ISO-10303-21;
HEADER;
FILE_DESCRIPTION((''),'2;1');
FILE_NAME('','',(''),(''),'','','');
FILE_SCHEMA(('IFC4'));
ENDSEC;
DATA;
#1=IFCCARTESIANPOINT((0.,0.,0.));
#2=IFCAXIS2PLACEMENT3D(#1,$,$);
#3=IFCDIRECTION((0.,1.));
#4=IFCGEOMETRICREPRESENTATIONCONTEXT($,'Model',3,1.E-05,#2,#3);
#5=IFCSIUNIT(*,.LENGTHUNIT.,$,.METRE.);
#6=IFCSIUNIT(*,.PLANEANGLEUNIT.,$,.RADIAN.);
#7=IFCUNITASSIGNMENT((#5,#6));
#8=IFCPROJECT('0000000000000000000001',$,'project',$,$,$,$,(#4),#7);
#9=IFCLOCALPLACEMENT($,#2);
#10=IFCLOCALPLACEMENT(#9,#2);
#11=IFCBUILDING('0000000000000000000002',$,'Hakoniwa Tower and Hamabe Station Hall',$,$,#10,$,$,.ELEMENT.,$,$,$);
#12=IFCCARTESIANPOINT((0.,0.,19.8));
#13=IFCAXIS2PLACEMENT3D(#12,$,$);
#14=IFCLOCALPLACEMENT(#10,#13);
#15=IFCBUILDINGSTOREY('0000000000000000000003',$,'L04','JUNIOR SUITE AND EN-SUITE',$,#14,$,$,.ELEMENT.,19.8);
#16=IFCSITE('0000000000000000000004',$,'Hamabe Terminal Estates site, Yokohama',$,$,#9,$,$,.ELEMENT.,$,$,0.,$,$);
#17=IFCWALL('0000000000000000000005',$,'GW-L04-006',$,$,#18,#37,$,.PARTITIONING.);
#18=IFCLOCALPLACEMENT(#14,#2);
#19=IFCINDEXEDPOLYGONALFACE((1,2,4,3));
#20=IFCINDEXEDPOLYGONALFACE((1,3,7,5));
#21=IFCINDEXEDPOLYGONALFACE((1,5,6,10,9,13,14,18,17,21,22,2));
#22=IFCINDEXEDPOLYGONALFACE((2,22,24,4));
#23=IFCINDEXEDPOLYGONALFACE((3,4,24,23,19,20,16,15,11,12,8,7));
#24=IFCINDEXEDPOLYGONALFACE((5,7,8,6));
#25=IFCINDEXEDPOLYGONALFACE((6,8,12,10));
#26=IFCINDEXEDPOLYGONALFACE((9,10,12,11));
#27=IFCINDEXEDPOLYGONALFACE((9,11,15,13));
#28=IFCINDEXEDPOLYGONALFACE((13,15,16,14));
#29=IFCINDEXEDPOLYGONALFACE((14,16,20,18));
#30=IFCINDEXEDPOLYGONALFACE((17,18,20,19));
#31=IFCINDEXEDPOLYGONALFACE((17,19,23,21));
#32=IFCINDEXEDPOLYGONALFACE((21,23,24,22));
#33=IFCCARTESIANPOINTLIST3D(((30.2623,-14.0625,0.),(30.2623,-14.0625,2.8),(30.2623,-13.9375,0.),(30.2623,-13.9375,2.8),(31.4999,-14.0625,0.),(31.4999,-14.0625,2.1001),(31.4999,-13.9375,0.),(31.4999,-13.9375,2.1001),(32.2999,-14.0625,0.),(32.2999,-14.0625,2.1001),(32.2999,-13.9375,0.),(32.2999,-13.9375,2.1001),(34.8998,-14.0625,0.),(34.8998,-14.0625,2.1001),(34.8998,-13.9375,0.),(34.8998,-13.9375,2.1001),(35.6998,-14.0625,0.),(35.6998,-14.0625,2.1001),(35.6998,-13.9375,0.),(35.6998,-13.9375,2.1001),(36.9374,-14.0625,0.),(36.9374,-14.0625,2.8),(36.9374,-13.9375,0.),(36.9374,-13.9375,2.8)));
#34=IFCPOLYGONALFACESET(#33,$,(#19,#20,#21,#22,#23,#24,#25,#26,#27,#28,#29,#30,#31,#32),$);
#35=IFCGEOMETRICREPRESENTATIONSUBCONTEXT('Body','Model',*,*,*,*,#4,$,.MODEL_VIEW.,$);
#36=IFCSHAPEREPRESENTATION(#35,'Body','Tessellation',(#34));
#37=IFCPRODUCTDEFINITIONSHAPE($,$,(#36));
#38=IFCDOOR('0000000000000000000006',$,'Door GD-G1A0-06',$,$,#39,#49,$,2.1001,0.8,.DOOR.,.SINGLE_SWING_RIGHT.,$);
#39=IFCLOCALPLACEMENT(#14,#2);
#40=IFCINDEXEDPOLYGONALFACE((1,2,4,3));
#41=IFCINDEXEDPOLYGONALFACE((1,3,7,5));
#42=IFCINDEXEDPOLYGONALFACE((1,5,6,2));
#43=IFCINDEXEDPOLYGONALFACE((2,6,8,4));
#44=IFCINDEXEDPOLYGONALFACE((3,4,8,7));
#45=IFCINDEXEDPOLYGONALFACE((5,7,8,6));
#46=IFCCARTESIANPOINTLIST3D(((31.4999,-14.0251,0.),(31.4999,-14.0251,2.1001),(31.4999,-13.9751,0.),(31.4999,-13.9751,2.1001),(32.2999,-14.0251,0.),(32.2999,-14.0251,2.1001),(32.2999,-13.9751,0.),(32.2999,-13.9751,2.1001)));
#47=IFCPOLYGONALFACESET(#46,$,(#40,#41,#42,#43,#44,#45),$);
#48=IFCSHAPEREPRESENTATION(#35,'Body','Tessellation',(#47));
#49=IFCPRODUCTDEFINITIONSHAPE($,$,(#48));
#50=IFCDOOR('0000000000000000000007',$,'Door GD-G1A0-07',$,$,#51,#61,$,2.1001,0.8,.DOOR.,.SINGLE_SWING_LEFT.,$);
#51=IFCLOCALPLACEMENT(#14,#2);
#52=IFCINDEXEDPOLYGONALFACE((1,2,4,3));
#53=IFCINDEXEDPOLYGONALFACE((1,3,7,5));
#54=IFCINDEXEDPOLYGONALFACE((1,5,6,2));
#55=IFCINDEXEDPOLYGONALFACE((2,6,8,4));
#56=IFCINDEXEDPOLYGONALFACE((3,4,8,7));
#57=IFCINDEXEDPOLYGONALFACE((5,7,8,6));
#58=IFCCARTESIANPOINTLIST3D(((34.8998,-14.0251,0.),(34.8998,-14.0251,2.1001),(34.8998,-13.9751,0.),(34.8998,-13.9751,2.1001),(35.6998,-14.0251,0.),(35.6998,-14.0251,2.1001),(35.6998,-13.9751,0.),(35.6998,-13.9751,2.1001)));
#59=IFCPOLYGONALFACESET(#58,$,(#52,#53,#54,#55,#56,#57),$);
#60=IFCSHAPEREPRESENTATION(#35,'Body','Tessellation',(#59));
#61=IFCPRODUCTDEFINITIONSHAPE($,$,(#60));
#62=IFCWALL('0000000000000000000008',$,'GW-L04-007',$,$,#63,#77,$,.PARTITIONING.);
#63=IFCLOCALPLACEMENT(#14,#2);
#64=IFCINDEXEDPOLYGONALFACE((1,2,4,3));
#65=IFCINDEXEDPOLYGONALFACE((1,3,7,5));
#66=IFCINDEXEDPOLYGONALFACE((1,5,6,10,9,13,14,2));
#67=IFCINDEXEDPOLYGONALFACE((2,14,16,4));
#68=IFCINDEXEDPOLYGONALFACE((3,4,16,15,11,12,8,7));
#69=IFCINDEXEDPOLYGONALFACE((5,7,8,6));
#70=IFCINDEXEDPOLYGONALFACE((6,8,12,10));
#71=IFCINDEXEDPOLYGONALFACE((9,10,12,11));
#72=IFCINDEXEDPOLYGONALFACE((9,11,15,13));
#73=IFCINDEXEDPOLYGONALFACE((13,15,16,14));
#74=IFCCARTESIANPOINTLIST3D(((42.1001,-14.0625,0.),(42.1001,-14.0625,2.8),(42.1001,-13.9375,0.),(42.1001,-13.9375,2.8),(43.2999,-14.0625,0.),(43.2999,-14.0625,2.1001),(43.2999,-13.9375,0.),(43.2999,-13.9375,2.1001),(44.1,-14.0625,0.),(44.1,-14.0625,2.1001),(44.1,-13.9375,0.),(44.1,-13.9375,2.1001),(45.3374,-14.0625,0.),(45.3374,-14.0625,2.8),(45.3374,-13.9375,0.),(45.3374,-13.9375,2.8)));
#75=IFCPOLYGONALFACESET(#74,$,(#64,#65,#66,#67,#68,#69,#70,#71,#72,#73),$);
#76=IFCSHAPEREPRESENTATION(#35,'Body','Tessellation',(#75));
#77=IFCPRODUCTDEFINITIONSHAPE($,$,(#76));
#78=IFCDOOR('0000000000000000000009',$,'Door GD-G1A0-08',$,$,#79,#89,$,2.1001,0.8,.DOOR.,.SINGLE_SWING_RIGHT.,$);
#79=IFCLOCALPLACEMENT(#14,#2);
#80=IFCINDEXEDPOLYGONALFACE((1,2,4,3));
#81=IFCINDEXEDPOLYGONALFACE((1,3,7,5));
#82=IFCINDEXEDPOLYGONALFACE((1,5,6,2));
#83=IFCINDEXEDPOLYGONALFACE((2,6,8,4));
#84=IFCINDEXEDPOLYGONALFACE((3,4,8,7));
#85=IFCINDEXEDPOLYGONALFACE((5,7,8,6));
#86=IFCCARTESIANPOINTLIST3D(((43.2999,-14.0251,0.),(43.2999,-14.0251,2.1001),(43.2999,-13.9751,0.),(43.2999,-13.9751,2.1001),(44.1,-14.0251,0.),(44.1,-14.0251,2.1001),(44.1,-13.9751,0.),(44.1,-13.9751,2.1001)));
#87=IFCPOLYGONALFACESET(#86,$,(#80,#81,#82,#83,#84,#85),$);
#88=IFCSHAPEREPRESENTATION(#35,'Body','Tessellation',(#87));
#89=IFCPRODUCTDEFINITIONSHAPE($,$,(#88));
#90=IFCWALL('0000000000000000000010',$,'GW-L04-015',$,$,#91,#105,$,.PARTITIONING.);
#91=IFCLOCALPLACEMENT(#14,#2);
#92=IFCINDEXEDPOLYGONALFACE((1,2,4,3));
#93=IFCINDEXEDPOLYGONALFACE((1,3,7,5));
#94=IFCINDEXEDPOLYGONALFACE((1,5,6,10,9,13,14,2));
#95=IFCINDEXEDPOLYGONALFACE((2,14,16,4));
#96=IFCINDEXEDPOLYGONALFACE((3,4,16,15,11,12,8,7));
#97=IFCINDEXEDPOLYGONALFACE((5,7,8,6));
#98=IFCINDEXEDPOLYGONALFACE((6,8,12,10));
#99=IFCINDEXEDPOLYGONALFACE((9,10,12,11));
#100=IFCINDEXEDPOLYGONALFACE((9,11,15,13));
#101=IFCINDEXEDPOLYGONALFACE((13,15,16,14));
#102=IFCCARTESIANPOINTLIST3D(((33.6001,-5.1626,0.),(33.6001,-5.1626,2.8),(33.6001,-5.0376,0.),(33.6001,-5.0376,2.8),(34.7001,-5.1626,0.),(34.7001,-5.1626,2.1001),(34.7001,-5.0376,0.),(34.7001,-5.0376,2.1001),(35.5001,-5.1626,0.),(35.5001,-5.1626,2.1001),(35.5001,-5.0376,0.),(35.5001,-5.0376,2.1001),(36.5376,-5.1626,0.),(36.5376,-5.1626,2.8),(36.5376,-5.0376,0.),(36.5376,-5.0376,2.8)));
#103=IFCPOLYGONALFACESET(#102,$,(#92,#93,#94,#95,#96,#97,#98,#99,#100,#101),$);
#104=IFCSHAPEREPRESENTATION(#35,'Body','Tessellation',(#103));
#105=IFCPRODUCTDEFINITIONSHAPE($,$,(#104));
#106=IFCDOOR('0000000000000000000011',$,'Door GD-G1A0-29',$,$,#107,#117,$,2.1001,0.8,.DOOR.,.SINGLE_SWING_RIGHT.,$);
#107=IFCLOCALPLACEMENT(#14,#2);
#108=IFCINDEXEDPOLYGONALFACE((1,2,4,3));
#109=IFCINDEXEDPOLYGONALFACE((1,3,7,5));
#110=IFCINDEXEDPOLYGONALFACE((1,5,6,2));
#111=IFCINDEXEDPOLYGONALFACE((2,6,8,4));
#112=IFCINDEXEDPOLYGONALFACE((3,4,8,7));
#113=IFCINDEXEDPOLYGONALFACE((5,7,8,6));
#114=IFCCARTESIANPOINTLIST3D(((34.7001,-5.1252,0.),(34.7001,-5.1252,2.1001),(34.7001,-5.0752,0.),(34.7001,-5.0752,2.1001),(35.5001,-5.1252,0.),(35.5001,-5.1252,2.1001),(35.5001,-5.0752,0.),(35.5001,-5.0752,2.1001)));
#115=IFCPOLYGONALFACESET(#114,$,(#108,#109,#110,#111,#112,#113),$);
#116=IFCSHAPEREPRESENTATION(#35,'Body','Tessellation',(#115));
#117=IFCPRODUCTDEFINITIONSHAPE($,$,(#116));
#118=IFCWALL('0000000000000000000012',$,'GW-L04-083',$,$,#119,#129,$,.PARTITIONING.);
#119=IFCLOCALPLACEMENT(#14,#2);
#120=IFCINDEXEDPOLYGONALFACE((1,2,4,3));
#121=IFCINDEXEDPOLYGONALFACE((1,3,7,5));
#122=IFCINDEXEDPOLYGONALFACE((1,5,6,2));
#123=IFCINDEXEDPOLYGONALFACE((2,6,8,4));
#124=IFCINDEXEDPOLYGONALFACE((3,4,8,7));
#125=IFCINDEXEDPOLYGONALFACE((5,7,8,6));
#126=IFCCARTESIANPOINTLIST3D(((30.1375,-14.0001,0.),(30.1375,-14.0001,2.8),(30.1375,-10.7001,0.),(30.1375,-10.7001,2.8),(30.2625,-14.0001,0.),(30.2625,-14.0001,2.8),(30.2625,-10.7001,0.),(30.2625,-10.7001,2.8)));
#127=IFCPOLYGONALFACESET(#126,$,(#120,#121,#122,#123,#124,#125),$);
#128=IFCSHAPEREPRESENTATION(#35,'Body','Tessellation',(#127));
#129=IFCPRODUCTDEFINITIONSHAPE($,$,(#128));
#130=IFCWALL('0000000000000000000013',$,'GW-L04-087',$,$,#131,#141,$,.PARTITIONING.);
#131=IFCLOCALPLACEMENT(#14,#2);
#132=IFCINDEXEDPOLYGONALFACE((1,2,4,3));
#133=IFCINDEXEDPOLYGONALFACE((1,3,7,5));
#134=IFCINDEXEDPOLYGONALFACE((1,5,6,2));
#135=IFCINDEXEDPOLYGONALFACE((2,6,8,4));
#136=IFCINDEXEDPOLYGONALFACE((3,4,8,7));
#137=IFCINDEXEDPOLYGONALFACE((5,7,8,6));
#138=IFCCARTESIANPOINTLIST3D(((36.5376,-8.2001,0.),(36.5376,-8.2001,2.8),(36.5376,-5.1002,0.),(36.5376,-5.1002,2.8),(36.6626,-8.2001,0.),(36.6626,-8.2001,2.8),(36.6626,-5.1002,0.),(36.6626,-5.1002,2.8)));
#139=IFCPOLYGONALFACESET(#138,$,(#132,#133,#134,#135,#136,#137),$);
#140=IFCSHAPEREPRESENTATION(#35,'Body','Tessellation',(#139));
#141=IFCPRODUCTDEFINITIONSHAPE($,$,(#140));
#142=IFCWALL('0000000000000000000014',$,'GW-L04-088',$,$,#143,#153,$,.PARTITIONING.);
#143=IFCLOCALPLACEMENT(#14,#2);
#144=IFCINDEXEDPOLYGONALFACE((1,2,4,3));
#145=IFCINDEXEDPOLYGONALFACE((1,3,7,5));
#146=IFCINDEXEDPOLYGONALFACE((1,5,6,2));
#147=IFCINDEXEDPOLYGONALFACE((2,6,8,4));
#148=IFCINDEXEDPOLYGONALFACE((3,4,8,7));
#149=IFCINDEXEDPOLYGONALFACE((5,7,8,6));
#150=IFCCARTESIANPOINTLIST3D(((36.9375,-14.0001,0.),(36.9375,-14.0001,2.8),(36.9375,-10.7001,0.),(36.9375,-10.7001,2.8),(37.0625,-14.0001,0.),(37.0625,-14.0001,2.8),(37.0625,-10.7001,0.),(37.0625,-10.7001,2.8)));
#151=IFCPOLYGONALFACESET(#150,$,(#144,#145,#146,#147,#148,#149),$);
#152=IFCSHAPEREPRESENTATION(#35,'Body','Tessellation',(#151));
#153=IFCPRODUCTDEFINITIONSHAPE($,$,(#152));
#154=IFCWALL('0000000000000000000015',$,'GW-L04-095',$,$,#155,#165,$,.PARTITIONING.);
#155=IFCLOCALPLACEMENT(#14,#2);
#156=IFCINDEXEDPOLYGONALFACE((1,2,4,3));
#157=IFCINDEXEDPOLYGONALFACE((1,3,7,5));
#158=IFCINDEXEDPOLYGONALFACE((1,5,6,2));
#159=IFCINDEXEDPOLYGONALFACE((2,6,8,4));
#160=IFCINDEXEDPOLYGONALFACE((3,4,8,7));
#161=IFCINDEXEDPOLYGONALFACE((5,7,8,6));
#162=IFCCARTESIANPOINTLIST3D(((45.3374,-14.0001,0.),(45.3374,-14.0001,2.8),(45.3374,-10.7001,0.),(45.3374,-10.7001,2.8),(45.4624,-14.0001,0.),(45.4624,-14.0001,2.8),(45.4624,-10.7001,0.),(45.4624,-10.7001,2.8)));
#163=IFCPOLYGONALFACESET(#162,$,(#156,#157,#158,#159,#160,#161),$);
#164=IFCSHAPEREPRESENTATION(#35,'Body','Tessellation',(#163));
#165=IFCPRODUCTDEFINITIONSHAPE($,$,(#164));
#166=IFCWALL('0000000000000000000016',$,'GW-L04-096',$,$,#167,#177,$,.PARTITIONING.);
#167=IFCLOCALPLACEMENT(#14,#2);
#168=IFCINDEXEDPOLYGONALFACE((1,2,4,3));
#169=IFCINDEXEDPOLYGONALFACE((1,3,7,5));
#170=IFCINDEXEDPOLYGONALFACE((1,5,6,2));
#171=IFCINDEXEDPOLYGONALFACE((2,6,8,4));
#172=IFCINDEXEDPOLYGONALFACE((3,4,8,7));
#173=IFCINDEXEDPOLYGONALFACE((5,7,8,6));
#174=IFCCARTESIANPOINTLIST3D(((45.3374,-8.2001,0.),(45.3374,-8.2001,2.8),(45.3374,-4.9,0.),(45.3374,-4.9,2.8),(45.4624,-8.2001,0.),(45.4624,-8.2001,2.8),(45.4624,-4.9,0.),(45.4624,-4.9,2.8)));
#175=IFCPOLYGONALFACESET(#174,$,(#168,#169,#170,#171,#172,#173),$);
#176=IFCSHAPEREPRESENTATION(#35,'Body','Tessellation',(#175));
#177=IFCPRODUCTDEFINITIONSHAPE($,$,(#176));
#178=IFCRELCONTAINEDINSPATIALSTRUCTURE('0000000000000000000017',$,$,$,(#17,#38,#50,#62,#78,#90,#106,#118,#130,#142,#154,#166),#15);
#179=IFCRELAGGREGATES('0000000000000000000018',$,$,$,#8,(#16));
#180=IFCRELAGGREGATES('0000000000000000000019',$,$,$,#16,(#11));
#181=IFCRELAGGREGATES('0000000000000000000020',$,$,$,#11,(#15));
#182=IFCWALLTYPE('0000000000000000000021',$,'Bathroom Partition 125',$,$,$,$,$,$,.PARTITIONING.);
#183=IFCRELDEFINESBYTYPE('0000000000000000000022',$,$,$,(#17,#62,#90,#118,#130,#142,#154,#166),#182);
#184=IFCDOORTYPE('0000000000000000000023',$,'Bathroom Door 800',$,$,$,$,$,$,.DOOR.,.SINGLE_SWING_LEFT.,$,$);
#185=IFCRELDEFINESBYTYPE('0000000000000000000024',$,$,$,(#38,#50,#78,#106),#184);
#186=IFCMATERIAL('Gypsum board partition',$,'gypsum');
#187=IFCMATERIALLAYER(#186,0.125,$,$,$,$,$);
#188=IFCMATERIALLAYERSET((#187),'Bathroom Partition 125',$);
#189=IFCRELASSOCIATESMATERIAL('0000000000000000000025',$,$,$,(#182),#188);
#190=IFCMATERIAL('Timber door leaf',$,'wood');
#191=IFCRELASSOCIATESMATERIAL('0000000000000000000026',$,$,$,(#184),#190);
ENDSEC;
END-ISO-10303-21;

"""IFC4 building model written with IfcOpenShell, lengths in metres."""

from ifc_helpers import new_model, si_unit, direction, frame, frame_2d, origin, place, context, subcontext, project, spatial, rectangle, extrude, material, layer, layer_set, type_object, element, fill, save


model = new_model("IFC4")

# Units and contexts
model_context = context("Model", 3, precision=1e-05, world=origin(), true_north=direction((0.0, 1.0)))
body_context = subcontext(model_context, "Body", "Model", "MODEL_VIEW")
ifc_project = project(units=[si_unit("LENGTHUNIT", "METRE"), si_unit("PLANEANGLEUNIT", "RADIAN")], contexts=[model_context])

# Site, building, storey
site_placement = place(None, origin())
site = spatial("IfcSite", under=ifc_project, at=site_placement, Name="Hamabe Terminal Estates site, Yokohama", CompositionType="ELEMENT", RefElevation=0.0)
building_placement = place(site_placement, origin())
building = spatial("IfcBuilding", under=site, at=building_placement, Name="Hakoniwa Tower and Hamabe Station Hall", CompositionType="ELEMENT")
storey_placement = place(building_placement, frame((0.0, 0.0, 19.8)))
storey = spatial("IfcBuildingStorey", under=building, at=storey_placement, Name="L04", Description="JUNIOR SUITE AND EN-SUITE", CompositionType="ELEMENT", Elevation=19.8)

# Wall, openings, doors
ifc_material_1 = material(Name="Gypsum board partition", Category="gypsum")
ifc_layer_1 = layer(ifc_material_1, 0.125)
ifc_layer_set_1 = layer_set([ifc_layer_1], Name="Bathroom Partition 125")
wall_type_1 = type_object("IfcWallType", Name="Bathroom Partition 125", PredefinedType="PARTITIONING", material=ifc_layer_set_1)
wall_1_placement = place(storey_placement, frame((30.2625, -14.0, 0.0), z_axis=(0.0, 0.0, 1.0), x_axis=(1.0, 0.0, 0.0)))
wall_1 = element("IfcWall", 1, at=wall_1_placement, inside=storey, type_object=wall_type_1, Name="GW-L04-006", PredefinedType="PARTITIONING", context=body_context, shape_type="SweptSolid", body=[
    extrude(rectangle(XDim=6.675, YDim=0.125, at=frame_2d((3.3374, 0.0))), origin(), (0.0, 0.0, 1.0), 2.8),
])
opening_1_placement = place(wall_1_placement, frame((1.2375, 0.0, 0.0)))
opening_1 = element("IfcOpeningElement", 2, at=opening_1_placement, cuts=wall_1, PredefinedType="OPENING", context=body_context, shape_type="SweptSolid", body=[
    extrude(rectangle(XDim=0.8, YDim=2.1001, at=frame_2d((0.3999, 1.05))), frame((0.0, 0.0725, 0.0), z_axis=(0.0, -1.0, 0.0), x_axis=(1.0, 0.0, 0.0)), (0.0, 0.0, 1.0), 0.145),
])
opening_2_placement = place(wall_1_placement, frame((4.6375, 0.0, 0.0)))
opening_2 = element("IfcOpeningElement", 3, at=opening_2_placement, cuts=wall_1, PredefinedType="OPENING", context=body_context, shape_type="SweptSolid", body=[
    extrude(rectangle(XDim=0.8, YDim=2.1001, at=frame_2d((0.3999, 1.05))), frame((0.0, 0.0725, 0.0), z_axis=(0.0, -1.0, 0.0), x_axis=(1.0, 0.0, 0.0)), (0.0, 0.0, 1.0), 0.145),
])
ifc_material_2 = material(Name="Timber door leaf", Category="wood")
door_type_1 = type_object("IfcDoorType", Name="Bathroom Door 800", OperationType="SINGLE_SWING_LEFT", PredefinedType="DOOR", material=ifc_material_2)
door_1_placement = place(opening_1_placement, origin())
door_1 = element("IfcDoor", 4, at=door_1_placement, inside=storey, type_object=door_type_1, Name="Door GD-G1A0-06", OperationType="SINGLE_SWING_RIGHT", OverallHeight=2.1001, OverallWidth=0.8, PredefinedType="DOOR", context=body_context, shape_type="SweptSolid", body=[
    extrude(rectangle(XDim=0.8, YDim=2.1001, at=frame_2d((0.3999, 1.05))), frame((0.0, 0.0249, 0.0), z_axis=(0.0, -1.0, 0.0), x_axis=(1.0, 0.0, 0.0)), (0.0, 0.0, 1.0), 0.05),
])
fill(opening_1, door_1)
door_2_placement = place(opening_2_placement, origin())
door_2 = element("IfcDoor", 5, at=door_2_placement, inside=storey, type_object=door_type_1, Name="Door GD-G1A0-07", OperationType="SINGLE_SWING_LEFT", OverallHeight=2.1001, OverallWidth=0.8, PredefinedType="DOOR", context=body_context, shape_type="SweptSolid", body=[
    extrude(rectangle(XDim=0.8, YDim=2.1001, at=frame_2d((0.3999, 1.05))), frame((0.0, 0.0249, 0.0), z_axis=(0.0, -1.0, 0.0), x_axis=(1.0, 0.0, 0.0)), (0.0, 0.0, 1.0), 0.05),
])
fill(opening_2, door_2)

# Walls, openings, doors
wall_2_placement = place(storey_placement, frame((42.1001, -14.0, 0.0), z_axis=(0.0, 0.0, 1.0), x_axis=(1.0, 0.0, 0.0)))
wall_2 = element("IfcWall", 6, at=wall_2_placement, inside=storey, type_object=wall_type_1, Name="GW-L04-007", PredefinedType="PARTITIONING", context=body_context, shape_type="SweptSolid", body=[
    extrude(rectangle(XDim=3.2373, YDim=0.125, at=frame_2d((1.6187, 0.0))), origin(), (0.0, 0.0, 1.0), 2.8),
])
opening_3_placement = place(wall_2_placement, frame((1.2, 0.0, 0.0)))
opening_3 = element("IfcOpeningElement", 7, at=opening_3_placement, cuts=wall_2, PredefinedType="OPENING", context=body_context, shape_type="SweptSolid", body=[
    extrude(rectangle(XDim=0.8, YDim=2.1001, at=frame_2d((0.3999, 1.05))), frame((0.0, 0.0725, 0.0), z_axis=(0.0, -1.0, 0.0), x_axis=(1.0, 0.0, 0.0)), (0.0, 0.0, 1.0), 0.145),
])
door_3_placement = place(opening_3_placement, origin())
door_3 = element("IfcDoor", 8, at=door_3_placement, inside=storey, type_object=door_type_1, Name="Door GD-G1A0-08", OperationType="SINGLE_SWING_RIGHT", OverallHeight=2.1001, OverallWidth=0.8, PredefinedType="DOOR", context=body_context, shape_type="SweptSolid", body=[
    extrude(rectangle(XDim=0.8, YDim=2.1001, at=frame_2d((0.3999, 1.05))), frame((0.0, 0.0249, 0.0), z_axis=(0.0, -1.0, 0.0), x_axis=(1.0, 0.0, 0.0)), (0.0, 0.0, 1.0), 0.05),
])
fill(opening_3, door_3)
wall_3_placement = place(storey_placement, frame((33.6001, -5.1001, 0.0), z_axis=(0.0, 0.0, 1.0), x_axis=(1.0, 0.0, 0.0)))
wall_3 = element("IfcWall", 9, at=wall_3_placement, inside=storey, type_object=wall_type_1, Name="GW-L04-015", PredefinedType="PARTITIONING", context=body_context, shape_type="SweptSolid", body=[
    extrude(rectangle(XDim=2.9375, YDim=0.125, at=frame_2d((1.4688, 0.0))), origin(), (0.0, 0.0, 1.0), 2.8),
])
opening_4_placement = place(wall_3_placement, frame((1.1001, 0.0, 0.0)))
opening_4 = element("IfcOpeningElement", 10, at=opening_4_placement, cuts=wall_3, PredefinedType="OPENING", context=body_context, shape_type="SweptSolid", body=[
    extrude(rectangle(XDim=0.8, YDim=2.1001, at=frame_2d((0.3999, 1.05))), frame((0.0, 0.0725, 0.0), z_axis=(0.0, -1.0, 0.0), x_axis=(1.0, 0.0, 0.0)), (0.0, 0.0, 1.0), 0.145),
])
door_4_placement = place(opening_4_placement, origin())
door_4 = element("IfcDoor", 11, at=door_4_placement, inside=storey, type_object=door_type_1, Name="Door GD-G1A0-29", OperationType="SINGLE_SWING_RIGHT", OverallHeight=2.1001, OverallWidth=0.8, PredefinedType="DOOR", context=body_context, shape_type="SweptSolid", body=[
    extrude(rectangle(XDim=0.8, YDim=2.1001, at=frame_2d((0.3999, 1.05))), frame((0.0, 0.0249, 0.0), z_axis=(0.0, -1.0, 0.0), x_axis=(1.0, 0.0, 0.0)), (0.0, 0.0, 1.0), 0.05),
])
fill(opening_4, door_4)

# Walls
wall_4_placement = place(storey_placement, frame((30.2, -14.0, 0.0), z_axis=(0.0, 0.0, 1.0), x_axis=(0.0, 1.0, 0.0)))
element("IfcWall", 12, at=wall_4_placement, inside=storey, type_object=wall_type_1, Name="GW-L04-083", PredefinedType="PARTITIONING", context=body_context, shape_type="SweptSolid", body=[
    extrude(rectangle(XDim=3.3, YDim=0.125, at=frame_2d((1.6499, 0.0))), origin(), (0.0, 0.0, 1.0), 2.8),
])
wall_5_placement = place(storey_placement, frame((36.6001, -8.2, 0.0), z_axis=(0.0, 0.0, 1.0), x_axis=(0.0, 1.0, 0.0)))
element("IfcWall", 13, at=wall_5_placement, inside=storey, type_object=wall_type_1, Name="GW-L04-087", PredefinedType="PARTITIONING", context=body_context, shape_type="SweptSolid", body=[
    extrude(rectangle(XDim=3.0999, YDim=0.125, at=frame_2d((1.5498, 0.0))), origin(), (0.0, 0.0, 1.0), 2.8),
])
for number, where, z_axis, x_axis, name in (
    (14, (37.0, -14.0, 0.0), (0.0, 0.0, 1.0), (0.0, 1.0, 0.0), "GW-L04-088"),
    (15, (45.3999, -14.0, 0.0), (0.0, 0.0, 1.0), (0.0, 1.0, 0.0), "GW-L04-095"),
    (16, (45.3999, -8.2, 0.0), (0.0, 0.0, 1.0), (0.0, 1.0, 0.0), "GW-L04-096"),
):
    element("IfcWall", number, at=place(storey_placement, frame(where, z_axis=z_axis, x_axis=x_axis)), inside=storey, type_object=wall_type_1, Name=name, PredefinedType="PARTITIONING", context=body_context, shape_type="SweptSolid", body=[
        extrude(rectangle(XDim=3.3, YDim=0.125, at=frame_2d((1.6499, 0.0))), origin(), (0.0, 0.0, 1.0), 2.8),
    ])

save(model, "model.ifc")
